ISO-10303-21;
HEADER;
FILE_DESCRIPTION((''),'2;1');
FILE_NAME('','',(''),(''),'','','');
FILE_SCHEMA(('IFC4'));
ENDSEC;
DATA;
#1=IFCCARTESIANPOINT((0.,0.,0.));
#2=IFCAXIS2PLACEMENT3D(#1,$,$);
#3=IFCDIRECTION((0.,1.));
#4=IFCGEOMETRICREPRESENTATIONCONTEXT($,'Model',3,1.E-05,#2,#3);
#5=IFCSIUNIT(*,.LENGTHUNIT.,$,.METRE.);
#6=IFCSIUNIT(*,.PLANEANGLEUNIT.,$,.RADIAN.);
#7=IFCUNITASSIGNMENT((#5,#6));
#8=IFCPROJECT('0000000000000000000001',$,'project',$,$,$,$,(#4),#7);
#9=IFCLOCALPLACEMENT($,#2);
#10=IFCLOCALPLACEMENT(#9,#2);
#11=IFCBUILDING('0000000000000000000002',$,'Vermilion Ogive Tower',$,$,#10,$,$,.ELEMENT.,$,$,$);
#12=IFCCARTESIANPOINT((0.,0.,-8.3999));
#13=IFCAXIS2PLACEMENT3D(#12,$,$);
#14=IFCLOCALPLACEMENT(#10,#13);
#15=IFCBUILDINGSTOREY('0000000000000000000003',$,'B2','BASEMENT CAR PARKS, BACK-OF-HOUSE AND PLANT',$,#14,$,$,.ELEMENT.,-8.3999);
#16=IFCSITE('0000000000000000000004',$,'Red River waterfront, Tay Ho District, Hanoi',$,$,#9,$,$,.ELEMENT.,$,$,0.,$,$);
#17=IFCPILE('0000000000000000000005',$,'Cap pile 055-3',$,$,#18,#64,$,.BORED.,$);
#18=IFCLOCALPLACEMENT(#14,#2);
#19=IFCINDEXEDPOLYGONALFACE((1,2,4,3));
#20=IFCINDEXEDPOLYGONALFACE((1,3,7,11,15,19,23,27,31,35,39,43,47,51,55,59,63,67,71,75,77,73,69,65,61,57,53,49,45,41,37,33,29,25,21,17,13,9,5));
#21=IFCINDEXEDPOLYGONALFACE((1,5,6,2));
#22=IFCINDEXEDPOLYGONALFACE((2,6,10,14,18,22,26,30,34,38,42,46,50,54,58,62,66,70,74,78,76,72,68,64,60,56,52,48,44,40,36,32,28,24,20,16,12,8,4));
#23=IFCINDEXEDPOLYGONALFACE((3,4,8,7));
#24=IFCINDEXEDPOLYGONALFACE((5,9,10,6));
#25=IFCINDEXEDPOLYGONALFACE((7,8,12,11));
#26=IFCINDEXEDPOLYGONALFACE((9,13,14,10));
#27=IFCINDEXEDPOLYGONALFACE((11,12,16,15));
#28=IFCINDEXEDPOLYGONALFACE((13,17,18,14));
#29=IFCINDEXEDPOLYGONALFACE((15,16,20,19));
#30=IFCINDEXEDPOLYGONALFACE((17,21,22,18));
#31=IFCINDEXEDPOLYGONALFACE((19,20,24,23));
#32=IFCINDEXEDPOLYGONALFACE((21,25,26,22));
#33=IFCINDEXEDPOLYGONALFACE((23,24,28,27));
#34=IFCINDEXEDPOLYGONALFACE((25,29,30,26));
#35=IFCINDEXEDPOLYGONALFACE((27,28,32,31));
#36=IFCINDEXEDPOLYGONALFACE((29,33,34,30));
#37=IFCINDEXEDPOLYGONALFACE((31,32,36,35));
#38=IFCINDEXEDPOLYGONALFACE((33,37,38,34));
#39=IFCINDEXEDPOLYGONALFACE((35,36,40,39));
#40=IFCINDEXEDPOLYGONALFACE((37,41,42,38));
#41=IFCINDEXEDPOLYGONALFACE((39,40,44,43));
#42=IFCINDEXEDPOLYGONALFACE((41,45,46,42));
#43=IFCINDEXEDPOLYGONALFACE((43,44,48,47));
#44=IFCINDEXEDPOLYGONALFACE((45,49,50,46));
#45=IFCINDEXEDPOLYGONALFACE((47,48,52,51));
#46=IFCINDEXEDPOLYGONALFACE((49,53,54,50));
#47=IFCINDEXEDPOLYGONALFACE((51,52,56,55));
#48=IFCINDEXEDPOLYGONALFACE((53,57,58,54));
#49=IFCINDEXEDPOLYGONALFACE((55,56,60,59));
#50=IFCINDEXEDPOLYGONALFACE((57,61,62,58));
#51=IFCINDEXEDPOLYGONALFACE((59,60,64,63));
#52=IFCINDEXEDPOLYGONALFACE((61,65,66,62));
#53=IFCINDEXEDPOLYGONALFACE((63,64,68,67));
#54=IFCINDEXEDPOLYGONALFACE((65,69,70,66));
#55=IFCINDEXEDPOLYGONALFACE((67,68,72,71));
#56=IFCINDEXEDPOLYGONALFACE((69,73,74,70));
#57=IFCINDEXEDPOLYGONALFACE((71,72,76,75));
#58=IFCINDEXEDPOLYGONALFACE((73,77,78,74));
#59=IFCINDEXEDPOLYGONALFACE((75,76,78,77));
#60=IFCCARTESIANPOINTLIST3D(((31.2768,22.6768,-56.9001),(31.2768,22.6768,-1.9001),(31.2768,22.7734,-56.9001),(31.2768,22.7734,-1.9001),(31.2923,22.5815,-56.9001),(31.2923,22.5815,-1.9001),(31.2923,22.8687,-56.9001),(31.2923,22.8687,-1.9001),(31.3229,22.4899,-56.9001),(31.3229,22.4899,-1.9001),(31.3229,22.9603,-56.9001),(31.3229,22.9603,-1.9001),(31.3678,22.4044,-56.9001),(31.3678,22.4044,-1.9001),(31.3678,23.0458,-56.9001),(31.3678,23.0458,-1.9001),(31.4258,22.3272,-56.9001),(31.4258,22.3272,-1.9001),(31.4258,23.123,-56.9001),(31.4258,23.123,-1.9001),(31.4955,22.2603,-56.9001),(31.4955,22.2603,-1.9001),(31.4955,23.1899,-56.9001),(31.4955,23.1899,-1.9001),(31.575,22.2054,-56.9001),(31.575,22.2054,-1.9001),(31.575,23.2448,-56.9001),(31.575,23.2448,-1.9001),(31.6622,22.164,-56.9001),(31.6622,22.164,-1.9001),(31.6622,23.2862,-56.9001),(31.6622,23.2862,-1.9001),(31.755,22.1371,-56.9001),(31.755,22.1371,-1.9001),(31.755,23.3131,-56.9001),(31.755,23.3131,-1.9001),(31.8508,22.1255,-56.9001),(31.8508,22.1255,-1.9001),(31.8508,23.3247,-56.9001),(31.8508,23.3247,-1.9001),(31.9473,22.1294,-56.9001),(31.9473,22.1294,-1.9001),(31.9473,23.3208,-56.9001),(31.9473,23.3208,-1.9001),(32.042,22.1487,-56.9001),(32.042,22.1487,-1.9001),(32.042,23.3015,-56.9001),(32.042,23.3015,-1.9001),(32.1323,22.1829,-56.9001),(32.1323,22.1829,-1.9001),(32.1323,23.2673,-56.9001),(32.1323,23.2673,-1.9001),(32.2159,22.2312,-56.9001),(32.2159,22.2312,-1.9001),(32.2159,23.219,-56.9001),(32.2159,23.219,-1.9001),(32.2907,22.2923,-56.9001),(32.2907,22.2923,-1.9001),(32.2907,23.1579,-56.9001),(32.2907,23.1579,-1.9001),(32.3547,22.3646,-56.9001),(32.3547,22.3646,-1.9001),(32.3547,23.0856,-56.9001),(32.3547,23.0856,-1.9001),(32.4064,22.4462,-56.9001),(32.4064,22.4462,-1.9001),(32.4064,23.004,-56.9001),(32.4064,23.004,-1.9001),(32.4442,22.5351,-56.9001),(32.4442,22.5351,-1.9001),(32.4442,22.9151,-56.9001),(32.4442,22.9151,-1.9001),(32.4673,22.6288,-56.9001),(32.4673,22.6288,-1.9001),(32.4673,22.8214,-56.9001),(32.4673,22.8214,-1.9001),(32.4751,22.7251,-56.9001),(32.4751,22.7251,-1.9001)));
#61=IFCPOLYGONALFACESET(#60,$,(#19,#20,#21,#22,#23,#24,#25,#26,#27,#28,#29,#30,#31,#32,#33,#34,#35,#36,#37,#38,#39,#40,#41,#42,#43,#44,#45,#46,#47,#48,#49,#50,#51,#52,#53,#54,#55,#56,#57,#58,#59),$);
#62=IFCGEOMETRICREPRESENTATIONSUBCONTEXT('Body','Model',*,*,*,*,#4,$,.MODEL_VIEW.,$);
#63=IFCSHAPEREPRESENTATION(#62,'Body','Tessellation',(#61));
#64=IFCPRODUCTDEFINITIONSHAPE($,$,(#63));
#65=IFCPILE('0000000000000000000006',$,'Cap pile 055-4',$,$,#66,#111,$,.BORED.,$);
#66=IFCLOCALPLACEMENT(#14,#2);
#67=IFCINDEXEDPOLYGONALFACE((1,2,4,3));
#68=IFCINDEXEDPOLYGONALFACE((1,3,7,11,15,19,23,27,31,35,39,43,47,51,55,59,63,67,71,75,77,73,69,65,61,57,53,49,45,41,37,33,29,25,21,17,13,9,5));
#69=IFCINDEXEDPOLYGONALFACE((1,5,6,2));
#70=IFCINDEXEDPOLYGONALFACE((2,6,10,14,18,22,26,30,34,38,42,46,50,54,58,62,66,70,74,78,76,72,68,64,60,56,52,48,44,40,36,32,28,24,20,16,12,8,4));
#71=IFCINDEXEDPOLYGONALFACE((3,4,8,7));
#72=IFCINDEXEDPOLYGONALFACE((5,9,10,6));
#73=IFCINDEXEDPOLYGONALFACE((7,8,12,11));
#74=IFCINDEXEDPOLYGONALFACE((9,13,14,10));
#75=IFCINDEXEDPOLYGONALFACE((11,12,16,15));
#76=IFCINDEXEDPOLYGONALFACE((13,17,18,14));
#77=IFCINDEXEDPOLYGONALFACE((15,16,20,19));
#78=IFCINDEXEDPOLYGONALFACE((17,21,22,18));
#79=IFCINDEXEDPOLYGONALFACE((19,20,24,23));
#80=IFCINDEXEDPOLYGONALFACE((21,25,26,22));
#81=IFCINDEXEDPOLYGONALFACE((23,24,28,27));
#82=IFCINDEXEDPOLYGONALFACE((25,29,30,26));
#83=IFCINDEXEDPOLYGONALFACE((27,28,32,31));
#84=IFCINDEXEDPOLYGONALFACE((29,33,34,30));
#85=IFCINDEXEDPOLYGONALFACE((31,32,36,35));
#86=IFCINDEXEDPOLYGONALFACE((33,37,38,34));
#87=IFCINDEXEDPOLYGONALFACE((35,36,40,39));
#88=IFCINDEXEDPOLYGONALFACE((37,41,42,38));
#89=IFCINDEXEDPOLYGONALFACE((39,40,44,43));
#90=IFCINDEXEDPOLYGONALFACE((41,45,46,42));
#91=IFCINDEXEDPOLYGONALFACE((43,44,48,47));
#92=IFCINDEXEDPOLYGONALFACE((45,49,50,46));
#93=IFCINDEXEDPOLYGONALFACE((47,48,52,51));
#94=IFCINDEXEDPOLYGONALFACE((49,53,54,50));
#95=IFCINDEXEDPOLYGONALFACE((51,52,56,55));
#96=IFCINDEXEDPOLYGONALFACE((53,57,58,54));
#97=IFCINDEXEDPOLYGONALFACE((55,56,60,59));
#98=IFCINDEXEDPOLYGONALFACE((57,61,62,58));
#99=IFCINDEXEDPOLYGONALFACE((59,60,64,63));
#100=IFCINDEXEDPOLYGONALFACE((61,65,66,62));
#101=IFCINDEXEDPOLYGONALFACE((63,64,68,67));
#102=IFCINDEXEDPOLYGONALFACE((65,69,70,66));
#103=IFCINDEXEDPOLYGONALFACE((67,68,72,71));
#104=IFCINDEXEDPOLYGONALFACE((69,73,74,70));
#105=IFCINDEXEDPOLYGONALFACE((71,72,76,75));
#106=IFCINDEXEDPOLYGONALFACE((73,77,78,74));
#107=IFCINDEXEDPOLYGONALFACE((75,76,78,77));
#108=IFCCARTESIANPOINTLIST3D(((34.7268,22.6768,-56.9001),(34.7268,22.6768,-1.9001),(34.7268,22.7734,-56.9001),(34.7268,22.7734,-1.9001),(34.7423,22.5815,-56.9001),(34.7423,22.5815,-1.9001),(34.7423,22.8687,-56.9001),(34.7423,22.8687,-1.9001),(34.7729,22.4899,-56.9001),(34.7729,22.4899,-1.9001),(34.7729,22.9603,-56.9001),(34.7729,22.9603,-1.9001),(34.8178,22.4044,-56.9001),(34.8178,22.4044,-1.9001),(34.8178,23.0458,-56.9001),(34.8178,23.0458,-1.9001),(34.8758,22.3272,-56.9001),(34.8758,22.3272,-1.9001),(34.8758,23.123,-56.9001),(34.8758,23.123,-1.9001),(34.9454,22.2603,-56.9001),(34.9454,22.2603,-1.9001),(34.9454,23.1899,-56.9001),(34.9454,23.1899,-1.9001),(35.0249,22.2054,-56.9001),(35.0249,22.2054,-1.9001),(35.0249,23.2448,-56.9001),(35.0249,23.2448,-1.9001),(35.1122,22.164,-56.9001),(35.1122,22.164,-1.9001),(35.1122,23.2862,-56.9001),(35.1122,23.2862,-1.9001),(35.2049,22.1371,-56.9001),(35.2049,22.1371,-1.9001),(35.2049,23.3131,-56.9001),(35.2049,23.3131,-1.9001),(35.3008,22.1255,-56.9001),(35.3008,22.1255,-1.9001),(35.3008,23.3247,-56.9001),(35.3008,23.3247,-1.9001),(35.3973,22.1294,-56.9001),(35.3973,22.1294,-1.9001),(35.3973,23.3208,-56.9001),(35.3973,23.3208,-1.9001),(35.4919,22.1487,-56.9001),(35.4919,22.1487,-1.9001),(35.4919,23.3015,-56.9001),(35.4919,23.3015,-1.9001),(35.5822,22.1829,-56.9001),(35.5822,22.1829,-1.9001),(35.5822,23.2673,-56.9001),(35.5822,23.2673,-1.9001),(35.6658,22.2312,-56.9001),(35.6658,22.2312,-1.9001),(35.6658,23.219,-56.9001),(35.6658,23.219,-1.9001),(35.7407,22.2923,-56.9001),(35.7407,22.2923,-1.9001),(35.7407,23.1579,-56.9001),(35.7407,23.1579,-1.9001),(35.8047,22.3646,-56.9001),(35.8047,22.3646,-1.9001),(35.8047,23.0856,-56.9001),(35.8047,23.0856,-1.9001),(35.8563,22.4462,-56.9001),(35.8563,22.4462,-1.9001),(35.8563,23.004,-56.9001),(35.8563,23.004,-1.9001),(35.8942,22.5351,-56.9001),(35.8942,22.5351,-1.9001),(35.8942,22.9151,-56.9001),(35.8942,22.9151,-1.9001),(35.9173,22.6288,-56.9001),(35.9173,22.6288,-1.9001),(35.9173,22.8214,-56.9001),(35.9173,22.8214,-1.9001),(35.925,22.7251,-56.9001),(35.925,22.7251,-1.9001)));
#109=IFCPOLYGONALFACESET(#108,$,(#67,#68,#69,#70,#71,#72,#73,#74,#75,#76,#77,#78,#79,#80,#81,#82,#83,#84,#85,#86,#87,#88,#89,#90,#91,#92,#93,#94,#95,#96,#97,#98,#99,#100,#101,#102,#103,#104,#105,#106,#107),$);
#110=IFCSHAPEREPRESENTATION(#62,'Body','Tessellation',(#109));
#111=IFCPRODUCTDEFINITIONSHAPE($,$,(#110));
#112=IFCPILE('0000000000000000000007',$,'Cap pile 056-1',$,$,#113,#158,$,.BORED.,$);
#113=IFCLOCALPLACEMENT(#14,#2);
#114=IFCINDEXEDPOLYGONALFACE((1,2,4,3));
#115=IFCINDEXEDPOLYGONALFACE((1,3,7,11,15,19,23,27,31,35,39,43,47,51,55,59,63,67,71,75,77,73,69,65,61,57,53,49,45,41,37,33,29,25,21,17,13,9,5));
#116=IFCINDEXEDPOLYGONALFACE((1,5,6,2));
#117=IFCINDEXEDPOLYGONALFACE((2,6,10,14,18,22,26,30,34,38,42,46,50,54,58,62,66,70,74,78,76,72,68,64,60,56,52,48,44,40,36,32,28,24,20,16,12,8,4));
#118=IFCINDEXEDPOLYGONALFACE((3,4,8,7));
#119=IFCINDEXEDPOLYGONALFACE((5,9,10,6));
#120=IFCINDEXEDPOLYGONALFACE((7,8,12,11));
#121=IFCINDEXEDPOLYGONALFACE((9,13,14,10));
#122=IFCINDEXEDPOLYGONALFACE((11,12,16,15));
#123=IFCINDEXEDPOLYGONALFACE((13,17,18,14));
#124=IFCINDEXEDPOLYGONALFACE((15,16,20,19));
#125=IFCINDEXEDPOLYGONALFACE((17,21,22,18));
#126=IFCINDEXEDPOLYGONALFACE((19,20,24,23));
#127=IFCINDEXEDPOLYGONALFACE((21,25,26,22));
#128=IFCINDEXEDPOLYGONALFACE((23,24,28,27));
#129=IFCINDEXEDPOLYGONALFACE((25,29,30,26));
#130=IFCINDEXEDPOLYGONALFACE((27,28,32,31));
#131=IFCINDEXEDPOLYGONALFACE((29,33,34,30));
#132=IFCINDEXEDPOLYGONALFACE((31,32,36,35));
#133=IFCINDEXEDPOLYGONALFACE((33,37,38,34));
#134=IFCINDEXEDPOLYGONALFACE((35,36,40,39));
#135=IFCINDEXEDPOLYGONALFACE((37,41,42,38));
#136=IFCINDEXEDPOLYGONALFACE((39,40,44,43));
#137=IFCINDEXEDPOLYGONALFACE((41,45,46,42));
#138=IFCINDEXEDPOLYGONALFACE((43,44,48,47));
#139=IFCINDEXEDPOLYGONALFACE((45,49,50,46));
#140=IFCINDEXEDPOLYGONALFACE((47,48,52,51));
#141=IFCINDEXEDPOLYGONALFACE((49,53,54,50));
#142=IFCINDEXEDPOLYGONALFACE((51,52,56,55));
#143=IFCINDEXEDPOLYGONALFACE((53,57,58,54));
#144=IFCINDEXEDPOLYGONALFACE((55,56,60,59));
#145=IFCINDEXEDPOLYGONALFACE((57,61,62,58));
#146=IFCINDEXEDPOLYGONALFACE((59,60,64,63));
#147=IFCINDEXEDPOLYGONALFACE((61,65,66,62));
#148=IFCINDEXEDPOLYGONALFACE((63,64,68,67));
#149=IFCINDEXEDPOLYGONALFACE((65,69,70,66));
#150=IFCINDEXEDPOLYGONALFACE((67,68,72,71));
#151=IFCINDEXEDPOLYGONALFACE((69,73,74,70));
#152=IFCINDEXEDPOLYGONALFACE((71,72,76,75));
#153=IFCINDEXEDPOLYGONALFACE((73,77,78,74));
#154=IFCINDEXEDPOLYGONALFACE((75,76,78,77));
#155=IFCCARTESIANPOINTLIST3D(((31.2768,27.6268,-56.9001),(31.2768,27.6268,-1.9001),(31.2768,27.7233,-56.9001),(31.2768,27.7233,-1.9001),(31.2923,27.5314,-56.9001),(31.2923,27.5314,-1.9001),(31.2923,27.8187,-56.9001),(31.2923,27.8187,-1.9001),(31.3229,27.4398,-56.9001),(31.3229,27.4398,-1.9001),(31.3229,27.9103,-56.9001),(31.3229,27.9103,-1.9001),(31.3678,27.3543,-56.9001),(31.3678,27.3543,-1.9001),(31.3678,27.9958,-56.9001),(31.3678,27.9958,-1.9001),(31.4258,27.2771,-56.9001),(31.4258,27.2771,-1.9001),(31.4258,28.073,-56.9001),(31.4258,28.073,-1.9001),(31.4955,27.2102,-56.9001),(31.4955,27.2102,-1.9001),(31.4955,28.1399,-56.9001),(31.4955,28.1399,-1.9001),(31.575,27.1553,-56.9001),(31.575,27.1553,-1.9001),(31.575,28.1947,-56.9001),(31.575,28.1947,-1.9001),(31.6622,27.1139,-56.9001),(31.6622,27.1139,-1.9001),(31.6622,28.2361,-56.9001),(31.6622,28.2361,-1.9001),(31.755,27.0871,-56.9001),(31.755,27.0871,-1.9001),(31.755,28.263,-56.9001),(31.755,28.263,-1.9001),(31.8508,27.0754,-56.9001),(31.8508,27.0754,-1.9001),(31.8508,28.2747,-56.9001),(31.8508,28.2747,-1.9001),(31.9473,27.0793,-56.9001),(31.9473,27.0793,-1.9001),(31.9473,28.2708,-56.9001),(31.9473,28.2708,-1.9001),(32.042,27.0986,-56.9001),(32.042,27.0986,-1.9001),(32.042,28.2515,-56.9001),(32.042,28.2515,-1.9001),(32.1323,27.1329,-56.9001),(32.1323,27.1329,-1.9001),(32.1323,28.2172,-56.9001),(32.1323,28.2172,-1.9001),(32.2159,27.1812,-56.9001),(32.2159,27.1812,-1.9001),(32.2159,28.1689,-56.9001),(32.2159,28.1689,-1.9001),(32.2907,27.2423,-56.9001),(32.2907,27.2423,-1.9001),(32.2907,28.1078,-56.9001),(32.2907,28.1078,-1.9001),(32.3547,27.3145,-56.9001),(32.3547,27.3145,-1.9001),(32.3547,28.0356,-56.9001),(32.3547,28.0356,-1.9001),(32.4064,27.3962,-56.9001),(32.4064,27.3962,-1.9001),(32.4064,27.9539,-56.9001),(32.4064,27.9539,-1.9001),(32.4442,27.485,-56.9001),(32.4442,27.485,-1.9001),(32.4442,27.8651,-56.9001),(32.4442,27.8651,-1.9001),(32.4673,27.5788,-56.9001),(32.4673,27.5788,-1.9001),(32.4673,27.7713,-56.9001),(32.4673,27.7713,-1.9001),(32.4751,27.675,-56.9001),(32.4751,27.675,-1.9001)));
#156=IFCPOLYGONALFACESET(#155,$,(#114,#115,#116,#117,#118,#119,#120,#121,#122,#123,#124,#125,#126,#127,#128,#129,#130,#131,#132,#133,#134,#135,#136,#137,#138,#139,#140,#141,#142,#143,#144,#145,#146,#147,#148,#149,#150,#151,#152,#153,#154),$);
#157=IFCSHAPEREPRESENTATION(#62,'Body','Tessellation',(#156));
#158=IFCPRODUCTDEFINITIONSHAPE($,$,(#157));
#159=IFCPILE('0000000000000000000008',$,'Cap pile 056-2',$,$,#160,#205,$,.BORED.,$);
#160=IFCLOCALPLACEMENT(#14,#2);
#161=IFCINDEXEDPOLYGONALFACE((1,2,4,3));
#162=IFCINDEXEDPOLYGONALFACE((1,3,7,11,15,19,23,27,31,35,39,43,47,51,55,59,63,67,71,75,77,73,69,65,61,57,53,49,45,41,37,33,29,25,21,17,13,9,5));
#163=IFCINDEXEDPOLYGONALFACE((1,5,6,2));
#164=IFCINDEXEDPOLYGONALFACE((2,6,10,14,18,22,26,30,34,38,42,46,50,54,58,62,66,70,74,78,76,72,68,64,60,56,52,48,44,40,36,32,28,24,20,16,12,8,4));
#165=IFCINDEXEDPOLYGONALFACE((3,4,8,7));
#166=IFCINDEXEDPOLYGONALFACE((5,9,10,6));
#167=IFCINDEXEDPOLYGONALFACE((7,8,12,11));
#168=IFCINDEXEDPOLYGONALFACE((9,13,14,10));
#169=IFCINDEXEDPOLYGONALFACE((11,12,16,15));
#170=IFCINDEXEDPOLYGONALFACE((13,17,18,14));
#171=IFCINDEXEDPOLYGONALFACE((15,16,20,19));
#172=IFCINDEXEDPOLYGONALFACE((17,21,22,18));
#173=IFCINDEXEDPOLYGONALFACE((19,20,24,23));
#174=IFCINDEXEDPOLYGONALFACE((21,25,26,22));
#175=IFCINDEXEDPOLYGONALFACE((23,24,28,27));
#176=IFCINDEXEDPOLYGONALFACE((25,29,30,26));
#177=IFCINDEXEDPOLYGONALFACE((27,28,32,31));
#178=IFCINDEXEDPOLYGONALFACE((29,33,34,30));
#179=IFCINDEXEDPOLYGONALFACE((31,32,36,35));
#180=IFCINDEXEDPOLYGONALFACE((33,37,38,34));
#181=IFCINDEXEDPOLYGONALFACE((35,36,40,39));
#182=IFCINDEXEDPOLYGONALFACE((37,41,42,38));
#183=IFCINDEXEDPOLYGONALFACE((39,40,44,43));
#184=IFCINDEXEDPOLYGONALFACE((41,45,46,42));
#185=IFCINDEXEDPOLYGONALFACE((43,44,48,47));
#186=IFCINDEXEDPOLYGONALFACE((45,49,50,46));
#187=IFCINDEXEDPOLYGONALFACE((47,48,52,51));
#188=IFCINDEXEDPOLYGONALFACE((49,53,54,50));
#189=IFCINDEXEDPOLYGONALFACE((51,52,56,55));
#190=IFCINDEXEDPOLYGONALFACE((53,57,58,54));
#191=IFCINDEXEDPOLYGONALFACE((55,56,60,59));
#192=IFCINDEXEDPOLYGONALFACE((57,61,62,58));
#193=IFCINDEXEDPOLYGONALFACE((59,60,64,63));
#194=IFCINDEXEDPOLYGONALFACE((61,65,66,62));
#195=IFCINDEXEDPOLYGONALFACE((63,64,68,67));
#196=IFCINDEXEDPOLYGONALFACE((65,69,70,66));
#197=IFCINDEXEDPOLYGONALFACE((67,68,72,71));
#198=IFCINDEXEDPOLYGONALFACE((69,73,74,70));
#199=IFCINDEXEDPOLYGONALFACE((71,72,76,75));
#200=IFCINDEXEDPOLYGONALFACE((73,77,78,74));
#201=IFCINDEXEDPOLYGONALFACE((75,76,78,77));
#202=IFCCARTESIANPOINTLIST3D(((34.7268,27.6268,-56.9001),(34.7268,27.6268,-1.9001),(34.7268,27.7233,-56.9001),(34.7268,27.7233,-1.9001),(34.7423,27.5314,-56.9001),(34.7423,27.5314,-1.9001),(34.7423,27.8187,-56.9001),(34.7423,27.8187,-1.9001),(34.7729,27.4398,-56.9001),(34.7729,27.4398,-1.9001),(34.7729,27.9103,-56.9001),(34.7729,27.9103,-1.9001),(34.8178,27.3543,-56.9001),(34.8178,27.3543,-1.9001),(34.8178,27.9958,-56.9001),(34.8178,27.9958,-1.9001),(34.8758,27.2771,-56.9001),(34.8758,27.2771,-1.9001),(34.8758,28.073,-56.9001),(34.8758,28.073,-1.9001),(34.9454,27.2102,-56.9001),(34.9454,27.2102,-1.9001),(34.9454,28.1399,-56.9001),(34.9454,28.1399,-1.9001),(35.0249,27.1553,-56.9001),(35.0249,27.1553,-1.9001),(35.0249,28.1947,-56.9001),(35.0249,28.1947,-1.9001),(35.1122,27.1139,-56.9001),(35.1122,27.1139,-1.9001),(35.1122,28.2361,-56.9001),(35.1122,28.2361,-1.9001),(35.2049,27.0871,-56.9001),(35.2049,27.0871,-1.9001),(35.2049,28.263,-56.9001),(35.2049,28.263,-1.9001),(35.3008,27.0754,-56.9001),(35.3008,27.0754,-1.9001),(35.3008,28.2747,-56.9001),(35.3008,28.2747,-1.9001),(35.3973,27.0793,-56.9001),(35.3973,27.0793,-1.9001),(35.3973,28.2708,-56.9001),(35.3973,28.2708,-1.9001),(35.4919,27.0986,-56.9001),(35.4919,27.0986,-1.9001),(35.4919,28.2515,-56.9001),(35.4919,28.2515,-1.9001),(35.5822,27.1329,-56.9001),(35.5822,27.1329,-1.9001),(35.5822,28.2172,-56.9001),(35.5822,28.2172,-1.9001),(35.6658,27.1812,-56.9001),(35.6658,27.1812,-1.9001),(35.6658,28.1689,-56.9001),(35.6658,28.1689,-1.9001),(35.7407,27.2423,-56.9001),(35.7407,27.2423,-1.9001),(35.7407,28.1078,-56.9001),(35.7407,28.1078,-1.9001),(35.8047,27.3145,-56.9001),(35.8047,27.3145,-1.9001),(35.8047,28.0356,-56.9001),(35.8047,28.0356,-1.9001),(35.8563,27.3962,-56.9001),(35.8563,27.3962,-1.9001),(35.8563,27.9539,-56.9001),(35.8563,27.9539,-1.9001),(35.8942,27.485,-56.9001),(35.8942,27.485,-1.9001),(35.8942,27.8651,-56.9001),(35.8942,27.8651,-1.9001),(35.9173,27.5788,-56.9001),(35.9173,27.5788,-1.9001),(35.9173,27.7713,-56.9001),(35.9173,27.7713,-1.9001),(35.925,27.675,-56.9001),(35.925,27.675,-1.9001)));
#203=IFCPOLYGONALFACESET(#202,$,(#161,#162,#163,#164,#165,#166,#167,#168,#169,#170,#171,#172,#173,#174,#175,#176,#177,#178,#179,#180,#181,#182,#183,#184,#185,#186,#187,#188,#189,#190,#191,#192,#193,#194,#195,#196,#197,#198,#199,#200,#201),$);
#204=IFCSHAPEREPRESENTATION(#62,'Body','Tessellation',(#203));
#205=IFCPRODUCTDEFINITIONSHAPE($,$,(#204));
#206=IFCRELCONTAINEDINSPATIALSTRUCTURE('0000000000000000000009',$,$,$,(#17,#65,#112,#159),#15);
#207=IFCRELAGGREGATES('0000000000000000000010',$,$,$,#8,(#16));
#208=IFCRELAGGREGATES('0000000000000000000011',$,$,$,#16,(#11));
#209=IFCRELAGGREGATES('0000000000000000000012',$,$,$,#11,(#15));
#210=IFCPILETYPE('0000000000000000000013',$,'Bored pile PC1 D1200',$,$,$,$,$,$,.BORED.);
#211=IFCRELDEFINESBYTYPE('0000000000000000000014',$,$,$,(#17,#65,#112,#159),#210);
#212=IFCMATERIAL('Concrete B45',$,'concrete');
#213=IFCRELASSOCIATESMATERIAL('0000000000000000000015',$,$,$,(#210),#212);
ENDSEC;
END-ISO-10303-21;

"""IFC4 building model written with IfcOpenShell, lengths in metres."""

from ifc_helpers import new_model, si_unit, direction, frame, origin, origin_2d, place, context, subcontext, project, spatial, circle, extrude, material, type_object, element, save


model = new_model("IFC4")

# Units and contexts
model_context = context("Model", 3, precision=1e-05, world=origin(), true_north=direction((0.0, 1.0)))
body_context = subcontext(model_context, "Body", "Model", "MODEL_VIEW")
ifc_project = project(units=[si_unit("LENGTHUNIT", "METRE"), si_unit("PLANEANGLEUNIT", "RADIAN")], contexts=[model_context])

# Site, building, storey
site_placement = place(None, origin())
site = spatial("IfcSite", under=ifc_project, at=site_placement, Name="Red River waterfront, Tay Ho District, Hanoi", CompositionType="ELEMENT", RefElevation=0.0)
building_placement = place(site_placement, origin())
building = spatial("IfcBuilding", under=site, at=building_placement, Name="Vermilion Ogive Tower", CompositionType="ELEMENT")
storey_placement = place(building_placement, frame((0.0, 0.0, -8.3999)))
storey = spatial("IfcBuildingStorey", under=building, at=storey_placement, Name="B2", Description="BASEMENT CAR PARKS, BACK-OF-HOUSE AND PLANT", CompositionType="ELEMENT", Elevation=-8.3999)

# Piles
ifc_material_1 = material(Name="Concrete B45", Category="concrete")
pile_type_1 = type_object("IfcPileType", Name="Bored pile PC1 D1200", PredefinedType="BORED", material=ifc_material_1)
for number, where, z_axis, x_axis, name in (
    (1, (31.875, 22.7251, -1.9001), (0.0, 0.0, -1.0), (1.0, 0.0, 0.0), "Cap pile 055-3"),
    (2, (35.325, 22.7251, -1.9001), (0.0, 0.0, -1.0), (1.0, 0.0, 0.0), "Cap pile 055-4"),
    (3, (31.875, 27.675, -1.9001), (0.0, 0.0, -1.0), (1.0, 0.0, 0.0), "Cap pile 056-1"),
    (4, (35.325, 27.675, -1.9001), (0.0, 0.0, -1.0), (1.0, 0.0, 0.0), "Cap pile 056-2"),
):
    element("IfcPile", number, at=place(storey_placement, frame(where, z_axis=z_axis, x_axis=x_axis)), inside=storey, type_object=pile_type_1, Name=name, PredefinedType="BORED", context=body_context, shape_type="SweptSolid", body=[
        extrude(circle(Radius=0.6001, at=origin_2d()), origin(), (0.0, 0.0, 1.0), 55.0),
    ])

save(model, "model.ifc")
